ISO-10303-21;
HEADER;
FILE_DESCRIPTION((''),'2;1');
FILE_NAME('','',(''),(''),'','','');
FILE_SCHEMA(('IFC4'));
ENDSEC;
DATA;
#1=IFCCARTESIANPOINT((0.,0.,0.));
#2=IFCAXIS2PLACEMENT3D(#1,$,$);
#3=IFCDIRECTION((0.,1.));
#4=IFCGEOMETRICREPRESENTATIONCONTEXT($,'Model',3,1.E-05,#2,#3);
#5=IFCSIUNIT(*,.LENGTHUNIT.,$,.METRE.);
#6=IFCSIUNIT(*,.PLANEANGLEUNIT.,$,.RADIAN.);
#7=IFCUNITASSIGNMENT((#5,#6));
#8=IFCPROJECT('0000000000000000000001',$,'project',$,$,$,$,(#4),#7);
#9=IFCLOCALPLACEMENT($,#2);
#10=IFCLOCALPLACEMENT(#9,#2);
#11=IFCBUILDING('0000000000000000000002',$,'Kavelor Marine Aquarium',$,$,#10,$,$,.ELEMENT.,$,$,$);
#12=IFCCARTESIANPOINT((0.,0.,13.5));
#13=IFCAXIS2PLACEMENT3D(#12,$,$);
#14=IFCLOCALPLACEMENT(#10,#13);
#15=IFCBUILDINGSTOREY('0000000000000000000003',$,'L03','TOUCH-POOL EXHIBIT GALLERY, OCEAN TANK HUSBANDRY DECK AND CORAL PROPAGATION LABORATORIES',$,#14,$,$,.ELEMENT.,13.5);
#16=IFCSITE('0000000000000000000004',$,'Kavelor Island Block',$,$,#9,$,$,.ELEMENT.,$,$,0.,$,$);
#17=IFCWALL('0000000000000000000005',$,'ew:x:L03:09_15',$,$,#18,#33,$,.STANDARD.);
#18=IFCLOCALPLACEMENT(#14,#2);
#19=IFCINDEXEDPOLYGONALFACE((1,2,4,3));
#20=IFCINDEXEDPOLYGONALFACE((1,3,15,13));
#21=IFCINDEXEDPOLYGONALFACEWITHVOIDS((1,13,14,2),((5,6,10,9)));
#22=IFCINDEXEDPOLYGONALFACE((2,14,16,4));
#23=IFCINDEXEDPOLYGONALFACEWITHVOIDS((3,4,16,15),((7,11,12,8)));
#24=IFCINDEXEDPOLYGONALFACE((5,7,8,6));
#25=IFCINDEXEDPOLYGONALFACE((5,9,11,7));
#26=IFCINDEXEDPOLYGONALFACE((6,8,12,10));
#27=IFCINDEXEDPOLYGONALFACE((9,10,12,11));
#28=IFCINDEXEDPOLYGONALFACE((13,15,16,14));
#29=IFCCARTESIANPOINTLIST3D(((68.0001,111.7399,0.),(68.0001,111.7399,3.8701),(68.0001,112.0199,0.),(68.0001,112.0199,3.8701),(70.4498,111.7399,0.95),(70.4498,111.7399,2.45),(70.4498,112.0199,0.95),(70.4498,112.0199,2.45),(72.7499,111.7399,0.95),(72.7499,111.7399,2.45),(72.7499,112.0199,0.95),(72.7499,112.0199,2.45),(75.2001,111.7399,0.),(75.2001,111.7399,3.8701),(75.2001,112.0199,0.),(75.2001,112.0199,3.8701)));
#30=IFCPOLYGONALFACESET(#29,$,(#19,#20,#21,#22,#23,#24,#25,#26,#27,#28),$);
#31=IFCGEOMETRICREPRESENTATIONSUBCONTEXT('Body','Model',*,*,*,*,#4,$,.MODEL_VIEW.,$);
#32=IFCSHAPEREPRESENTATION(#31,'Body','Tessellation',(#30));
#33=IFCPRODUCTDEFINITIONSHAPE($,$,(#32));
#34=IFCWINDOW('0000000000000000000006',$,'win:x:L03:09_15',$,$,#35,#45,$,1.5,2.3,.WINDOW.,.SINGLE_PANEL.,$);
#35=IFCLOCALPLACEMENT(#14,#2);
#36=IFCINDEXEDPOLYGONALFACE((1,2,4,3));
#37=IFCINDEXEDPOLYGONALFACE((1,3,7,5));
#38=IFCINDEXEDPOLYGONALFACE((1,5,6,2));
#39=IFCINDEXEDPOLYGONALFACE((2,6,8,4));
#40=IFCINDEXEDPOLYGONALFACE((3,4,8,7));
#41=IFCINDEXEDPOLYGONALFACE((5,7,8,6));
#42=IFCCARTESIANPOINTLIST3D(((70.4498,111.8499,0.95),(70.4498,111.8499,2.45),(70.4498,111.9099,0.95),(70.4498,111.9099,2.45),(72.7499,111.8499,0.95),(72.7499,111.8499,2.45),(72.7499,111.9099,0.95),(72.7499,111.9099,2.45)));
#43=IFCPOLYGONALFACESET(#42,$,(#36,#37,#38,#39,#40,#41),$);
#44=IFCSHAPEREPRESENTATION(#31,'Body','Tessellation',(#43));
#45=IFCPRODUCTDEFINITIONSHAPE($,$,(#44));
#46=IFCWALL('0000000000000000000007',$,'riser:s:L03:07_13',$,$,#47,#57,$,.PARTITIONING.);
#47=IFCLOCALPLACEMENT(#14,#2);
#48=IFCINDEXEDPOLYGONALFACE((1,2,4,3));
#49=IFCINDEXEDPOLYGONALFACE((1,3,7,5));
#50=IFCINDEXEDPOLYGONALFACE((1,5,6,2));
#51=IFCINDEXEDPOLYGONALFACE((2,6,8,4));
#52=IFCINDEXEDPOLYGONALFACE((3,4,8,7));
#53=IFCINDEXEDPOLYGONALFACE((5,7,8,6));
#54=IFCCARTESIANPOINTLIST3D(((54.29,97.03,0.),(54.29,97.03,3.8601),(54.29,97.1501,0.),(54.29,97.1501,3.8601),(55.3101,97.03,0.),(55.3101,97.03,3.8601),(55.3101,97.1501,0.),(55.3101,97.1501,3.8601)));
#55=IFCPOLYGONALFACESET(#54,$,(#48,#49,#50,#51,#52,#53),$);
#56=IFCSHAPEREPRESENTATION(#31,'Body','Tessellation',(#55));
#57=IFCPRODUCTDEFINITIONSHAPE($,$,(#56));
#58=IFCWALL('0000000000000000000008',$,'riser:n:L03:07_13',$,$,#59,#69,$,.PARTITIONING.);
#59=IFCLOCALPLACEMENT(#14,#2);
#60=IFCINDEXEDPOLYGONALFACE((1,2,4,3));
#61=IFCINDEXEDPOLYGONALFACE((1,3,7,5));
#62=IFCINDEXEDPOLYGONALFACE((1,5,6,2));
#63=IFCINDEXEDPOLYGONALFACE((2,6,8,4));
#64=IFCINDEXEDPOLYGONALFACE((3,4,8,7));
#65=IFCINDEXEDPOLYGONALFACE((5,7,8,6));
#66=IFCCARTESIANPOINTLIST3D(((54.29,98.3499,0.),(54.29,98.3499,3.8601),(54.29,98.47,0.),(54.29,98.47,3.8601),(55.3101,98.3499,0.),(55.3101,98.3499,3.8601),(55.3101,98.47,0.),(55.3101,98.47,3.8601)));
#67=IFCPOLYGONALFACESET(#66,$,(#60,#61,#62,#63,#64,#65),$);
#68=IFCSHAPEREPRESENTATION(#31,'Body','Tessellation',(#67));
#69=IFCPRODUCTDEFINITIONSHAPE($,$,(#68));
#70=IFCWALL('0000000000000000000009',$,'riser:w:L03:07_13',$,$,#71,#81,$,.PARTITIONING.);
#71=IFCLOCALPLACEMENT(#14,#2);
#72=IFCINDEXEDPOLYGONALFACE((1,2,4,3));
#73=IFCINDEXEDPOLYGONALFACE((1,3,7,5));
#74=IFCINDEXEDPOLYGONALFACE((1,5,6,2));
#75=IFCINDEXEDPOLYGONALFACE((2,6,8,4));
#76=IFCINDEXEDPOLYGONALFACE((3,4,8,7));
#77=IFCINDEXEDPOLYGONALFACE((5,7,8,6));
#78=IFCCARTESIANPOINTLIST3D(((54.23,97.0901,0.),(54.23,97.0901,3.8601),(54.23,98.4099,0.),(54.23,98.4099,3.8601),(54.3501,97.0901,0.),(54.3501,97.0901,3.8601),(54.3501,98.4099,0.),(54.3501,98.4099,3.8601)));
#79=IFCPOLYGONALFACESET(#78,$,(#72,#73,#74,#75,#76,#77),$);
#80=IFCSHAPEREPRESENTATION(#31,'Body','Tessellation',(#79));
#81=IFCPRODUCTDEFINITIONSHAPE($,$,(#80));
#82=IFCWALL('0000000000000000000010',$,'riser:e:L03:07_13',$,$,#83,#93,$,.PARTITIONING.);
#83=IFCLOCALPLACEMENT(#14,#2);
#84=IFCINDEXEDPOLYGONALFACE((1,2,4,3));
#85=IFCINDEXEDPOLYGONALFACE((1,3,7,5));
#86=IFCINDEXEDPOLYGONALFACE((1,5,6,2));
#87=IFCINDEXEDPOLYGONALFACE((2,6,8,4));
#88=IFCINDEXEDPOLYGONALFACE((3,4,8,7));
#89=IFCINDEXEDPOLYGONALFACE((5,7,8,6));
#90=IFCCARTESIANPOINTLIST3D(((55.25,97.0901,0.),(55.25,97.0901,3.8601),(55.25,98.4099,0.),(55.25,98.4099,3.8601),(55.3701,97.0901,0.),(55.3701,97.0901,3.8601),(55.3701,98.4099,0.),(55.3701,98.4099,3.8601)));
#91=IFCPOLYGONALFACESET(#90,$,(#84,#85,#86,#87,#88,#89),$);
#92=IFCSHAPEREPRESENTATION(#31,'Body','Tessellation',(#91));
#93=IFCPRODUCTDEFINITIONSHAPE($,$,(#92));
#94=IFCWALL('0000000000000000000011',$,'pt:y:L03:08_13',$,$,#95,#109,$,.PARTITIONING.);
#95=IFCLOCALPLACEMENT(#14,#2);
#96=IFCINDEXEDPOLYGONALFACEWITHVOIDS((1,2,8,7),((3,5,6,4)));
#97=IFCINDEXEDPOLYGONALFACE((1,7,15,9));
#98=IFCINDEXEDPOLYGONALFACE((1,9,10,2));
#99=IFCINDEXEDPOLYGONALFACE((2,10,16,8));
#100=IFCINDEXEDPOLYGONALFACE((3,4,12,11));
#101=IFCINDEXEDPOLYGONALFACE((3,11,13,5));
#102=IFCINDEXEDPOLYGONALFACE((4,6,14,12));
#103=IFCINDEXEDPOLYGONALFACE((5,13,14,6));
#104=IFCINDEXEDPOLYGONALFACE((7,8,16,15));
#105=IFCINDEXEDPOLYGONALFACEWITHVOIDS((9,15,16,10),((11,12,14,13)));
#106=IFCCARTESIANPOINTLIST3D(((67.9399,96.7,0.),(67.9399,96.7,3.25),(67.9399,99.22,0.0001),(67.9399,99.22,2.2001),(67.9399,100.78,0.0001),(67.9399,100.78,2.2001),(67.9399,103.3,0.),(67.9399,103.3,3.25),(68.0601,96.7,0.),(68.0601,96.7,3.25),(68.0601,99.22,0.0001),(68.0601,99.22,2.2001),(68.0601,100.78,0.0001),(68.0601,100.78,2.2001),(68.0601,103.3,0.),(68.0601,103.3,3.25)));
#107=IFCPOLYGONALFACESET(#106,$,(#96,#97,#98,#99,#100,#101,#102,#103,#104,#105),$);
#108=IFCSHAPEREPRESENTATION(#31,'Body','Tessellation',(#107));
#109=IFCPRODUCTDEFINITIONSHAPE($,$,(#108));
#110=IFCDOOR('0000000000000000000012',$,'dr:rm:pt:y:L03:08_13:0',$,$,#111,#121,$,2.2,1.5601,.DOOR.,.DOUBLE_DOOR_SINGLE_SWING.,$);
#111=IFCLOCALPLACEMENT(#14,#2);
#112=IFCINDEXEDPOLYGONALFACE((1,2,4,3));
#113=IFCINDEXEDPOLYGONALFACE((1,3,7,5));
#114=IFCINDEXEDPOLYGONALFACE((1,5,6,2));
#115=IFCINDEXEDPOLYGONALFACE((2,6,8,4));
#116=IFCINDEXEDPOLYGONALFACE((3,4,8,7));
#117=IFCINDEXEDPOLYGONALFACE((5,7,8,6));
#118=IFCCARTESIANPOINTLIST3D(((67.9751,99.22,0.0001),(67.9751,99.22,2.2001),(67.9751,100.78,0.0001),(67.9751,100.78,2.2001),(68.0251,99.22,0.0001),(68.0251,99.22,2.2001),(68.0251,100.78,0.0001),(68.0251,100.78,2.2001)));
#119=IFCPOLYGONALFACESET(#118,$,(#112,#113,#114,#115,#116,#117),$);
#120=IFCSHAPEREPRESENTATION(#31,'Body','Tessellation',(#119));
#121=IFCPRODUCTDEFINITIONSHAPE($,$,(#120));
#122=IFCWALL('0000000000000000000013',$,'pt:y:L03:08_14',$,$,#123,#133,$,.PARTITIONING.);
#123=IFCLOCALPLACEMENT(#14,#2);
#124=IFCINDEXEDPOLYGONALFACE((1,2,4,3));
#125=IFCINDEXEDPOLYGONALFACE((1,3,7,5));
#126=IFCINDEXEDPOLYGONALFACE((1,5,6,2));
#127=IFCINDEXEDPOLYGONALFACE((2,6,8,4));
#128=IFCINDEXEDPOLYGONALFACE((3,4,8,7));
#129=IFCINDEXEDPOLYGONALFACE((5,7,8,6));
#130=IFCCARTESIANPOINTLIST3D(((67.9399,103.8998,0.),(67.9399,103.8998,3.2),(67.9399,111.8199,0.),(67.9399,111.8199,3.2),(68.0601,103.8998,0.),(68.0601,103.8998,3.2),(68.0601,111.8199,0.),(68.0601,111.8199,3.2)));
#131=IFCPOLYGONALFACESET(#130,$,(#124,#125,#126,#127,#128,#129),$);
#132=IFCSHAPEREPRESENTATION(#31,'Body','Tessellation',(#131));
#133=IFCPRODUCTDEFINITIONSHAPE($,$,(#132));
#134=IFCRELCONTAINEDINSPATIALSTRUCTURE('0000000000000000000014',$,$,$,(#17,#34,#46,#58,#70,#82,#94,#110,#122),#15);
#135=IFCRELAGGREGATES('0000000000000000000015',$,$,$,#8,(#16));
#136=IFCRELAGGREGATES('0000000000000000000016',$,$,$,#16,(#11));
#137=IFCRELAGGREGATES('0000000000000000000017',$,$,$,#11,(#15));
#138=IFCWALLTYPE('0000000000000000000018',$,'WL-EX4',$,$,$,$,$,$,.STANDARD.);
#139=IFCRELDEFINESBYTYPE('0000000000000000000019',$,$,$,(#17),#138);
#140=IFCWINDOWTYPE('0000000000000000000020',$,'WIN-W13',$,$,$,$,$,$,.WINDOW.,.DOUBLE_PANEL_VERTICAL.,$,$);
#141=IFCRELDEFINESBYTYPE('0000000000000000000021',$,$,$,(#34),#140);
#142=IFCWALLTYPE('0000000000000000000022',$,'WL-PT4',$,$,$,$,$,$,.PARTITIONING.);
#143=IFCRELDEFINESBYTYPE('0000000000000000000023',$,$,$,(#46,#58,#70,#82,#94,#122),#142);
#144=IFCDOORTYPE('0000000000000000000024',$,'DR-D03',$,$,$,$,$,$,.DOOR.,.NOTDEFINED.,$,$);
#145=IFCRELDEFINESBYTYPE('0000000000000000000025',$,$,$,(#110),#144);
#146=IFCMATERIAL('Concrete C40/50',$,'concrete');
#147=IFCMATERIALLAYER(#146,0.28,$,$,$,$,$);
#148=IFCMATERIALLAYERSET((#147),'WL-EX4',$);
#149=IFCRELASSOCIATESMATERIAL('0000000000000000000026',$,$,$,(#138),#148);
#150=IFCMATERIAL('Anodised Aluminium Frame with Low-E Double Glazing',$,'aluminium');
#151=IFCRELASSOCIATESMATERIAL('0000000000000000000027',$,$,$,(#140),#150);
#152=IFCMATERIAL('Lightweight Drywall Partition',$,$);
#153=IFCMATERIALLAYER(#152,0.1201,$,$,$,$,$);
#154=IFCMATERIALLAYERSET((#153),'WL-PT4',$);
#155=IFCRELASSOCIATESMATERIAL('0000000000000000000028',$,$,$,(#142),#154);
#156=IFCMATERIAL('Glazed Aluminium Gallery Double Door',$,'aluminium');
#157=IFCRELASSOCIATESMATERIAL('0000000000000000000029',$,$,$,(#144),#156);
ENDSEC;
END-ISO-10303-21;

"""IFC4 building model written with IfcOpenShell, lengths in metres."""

from ifc_helpers import new_model, si_unit, direction, frame, frame_2d, origin, place, context, subcontext, project, spatial, rectangle, extrude, material, layer, layer_set, type_object, element, fill, save


model = new_model("IFC4")

# Units and contexts
model_context = context("Model", 3, precision=1e-05, world=origin(), true_north=direction((0.0, 1.0)))
body_context = subcontext(model_context, "Body", "Model", "MODEL_VIEW")
ifc_project = project(units=[si_unit("LENGTHUNIT", "METRE"), si_unit("PLANEANGLEUNIT", "RADIAN")], contexts=[model_context])

# Site, building, storey
site_placement = place(None, origin())
site = spatial("IfcSite", under=ifc_project, at=site_placement, Name="Kavelor Island Block", CompositionType="ELEMENT", RefElevation=0.0)
building_placement = place(site_placement, origin())
building = spatial("IfcBuilding", under=site, at=building_placement, Name="Kavelor Marine Aquarium", CompositionType="ELEMENT")
storey_placement = place(building_placement, frame((0.0, 0.0, 13.5)))
storey = spatial("IfcBuildingStorey", under=building, at=storey_placement, Name="L03", Description="TOUCH-POOL EXHIBIT GALLERY, OCEAN TANK HUSBANDRY DECK AND CORAL PROPAGATION LABORATORIES", CompositionType="ELEMENT", Elevation=13.5)

# Wall, opening, window
ifc_material_1 = material(Name="Concrete C40/50", Category="concrete")
ifc_layer_1 = layer(ifc_material_1, 0.28)
ifc_layer_set_1 = layer_set([ifc_layer_1], Name="WL-EX4")
wall_type_1 = type_object("IfcWallType", Name="WL-EX4", PredefinedType="STANDARD", material=ifc_layer_set_1)
wall_1_placement = place(storey_placement, frame((68.0, 111.8799, 0.0), z_axis=(0.0, 0.0, 1.0), x_axis=(1.0, 0.0, 0.0)))
wall_1 = element("IfcWall", 1, at=wall_1_placement, inside=storey, type_object=wall_type_1, Name="ew:x:L03:09_15", PredefinedType="STANDARD", context=body_context, shape_type="SweptSolid", body=[
    extrude(rectangle(XDim=7.2, YDim=0.28, at=frame_2d((3.6001, 0.0))), origin(), (0.0, 0.0, 1.0), 3.8701),
])
opening_1_placement = place(wall_1_placement, frame((2.45, 0.0, 0.95)))
opening_1 = element("IfcOpeningElement", 2, at=opening_1_placement, cuts=wall_1, PredefinedType="OPENING", context=body_context, shape_type="SweptSolid", body=[
    extrude(rectangle(XDim=2.3, YDim=1.5, at=frame_2d((1.1499, 0.75))), frame((0.0, 0.1499, 0.0), z_axis=(0.0, -1.0, 0.0), x_axis=(1.0, 0.0, 0.0)), (0.0, 0.0, 1.0), 0.3),
])
ifc_material_2 = material(Name="Anodised Aluminium Frame with Low-E Double Glazing", Category="aluminium")
window_type = type_object("IfcWindowType", Name="WIN-W13", PartitioningType="DOUBLE_PANEL_VERTICAL", PredefinedType="WINDOW", material=ifc_material_2)
window_placement = place(opening_1_placement, origin())
window = element("IfcWindow", 3, at=window_placement, inside=storey, type_object=window_type, Name="win:x:L03:09_15", OverallHeight=1.5, OverallWidth=2.3, PartitioningType="SINGLE_PANEL", PredefinedType="WINDOW", context=body_context, shape_type="SweptSolid", body=[
    extrude(rectangle(XDim=2.3, YDim=1.5, at=frame_2d((1.1499, 0.75))), frame((0.0, 0.03, 0.0), z_axis=(0.0, -1.0, 0.0), x_axis=(1.0, 0.0, 0.0)), (0.0, 0.0, 1.0), 0.0601),
])
fill(opening_1, window)

# Walls
ifc_material_3 = material(Name="Lightweight Drywall Partition")
ifc_layer_2 = layer(ifc_material_3, 0.1201)
ifc_layer_set_2 = layer_set([ifc_layer_2], Name="WL-PT4")
wall_type_2 = type_object("IfcWallType", Name="WL-PT4", PredefinedType="PARTITIONING", material=ifc_layer_set_2)
for number, where, z_axis, x_axis, name in (
    (4, (54.29, 97.0901, 0.0), (0.0, 0.0, 1.0), (1.0, 0.0, 0.0), "riser:s:L03:07_13"),
    (5, (54.29, 98.4099, 0.0), (0.0, 0.0, 1.0), (1.0, 0.0, 0.0), "riser:n:L03:07_13"),
):
    element("IfcWall", number, at=place(storey_placement, frame(where, z_axis=z_axis, x_axis=x_axis)), inside=storey, type_object=wall_type_2, Name=name, PredefinedType="PARTITIONING", context=body_context, shape_type="SweptSolid", body=[
        extrude(rectangle(XDim=1.02, YDim=0.1201, at=frame_2d((0.51, 0.0))), origin(), (0.0, 0.0, 1.0), 3.8601),
    ])
for number, where, z_axis, x_axis, name in (
    (6, (54.29, 97.0901, 0.0), (0.0, 0.0, 1.0), (0.0, 1.0, 0.0), "riser:w:L03:07_13"),
    (7, (55.3101, 97.0901, 0.0), (0.0, 0.0, 1.0), (0.0, 1.0, 0.0), "riser:e:L03:07_13"),
):
    element("IfcWall", number, at=place(storey_placement, frame(where, z_axis=z_axis, x_axis=x_axis)), inside=storey, type_object=wall_type_2, Name=name, PredefinedType="PARTITIONING", context=body_context, shape_type="SweptSolid", body=[
        extrude(rectangle(XDim=1.3198, YDim=0.1201, at=frame_2d((0.6599, 0.0))), origin(), (0.0, 0.0, 1.0), 3.8601),
    ])

# Wall, opening, door
wall_2_placement = place(storey_placement, frame((68.0, 96.7, 0.0), z_axis=(0.0, 0.0, 1.0), x_axis=(0.0, 1.0, 0.0)))
wall_2 = element("IfcWall", 8, at=wall_2_placement, inside=storey, type_object=wall_type_2, Name="pt:y:L03:08_13", PredefinedType="PARTITIONING", context=body_context, shape_type="SweptSolid", body=[
    extrude(rectangle(XDim=6.6001, YDim=0.1201, at=frame_2d((3.3, 0.0))), origin(), (0.0, 0.0, 1.0), 3.25),
])
opening_2_placement = place(wall_2_placement, frame((2.52, 0.0, 0.0)))
opening_2 = element("IfcOpeningElement", 9, at=opening_2_placement, cuts=wall_2, PredefinedType="OPENING", context=body_context, shape_type="SweptSolid", body=[
    extrude(rectangle(XDim=1.5601, YDim=2.2, at=frame_2d((0.78, 1.1001))), frame((0.0, 0.0701, 0.0), z_axis=(0.0, -1.0, 0.0), x_axis=(1.0, 0.0, 0.0)), (0.0, 0.0, 1.0), 0.1401),
])
ifc_material_4 = material(Name="Glazed Aluminium Gallery Double Door", Category="aluminium")
door_type = type_object("IfcDoorType", Name="DR-D03", OperationType="NOTDEFINED", PredefinedType="DOOR", material=ifc_material_4)
door_placement = place(opening_2_placement, origin())
door = element("IfcDoor", 10, at=door_placement, inside=storey, type_object=door_type, Name="dr:rm:pt:y:L03:08_13:0", OperationType="DOUBLE_DOOR_SINGLE_SWING", OverallHeight=2.2, OverallWidth=1.5601, PredefinedType="DOOR", context=body_context, shape_type="SweptSolid", body=[
    extrude(rectangle(XDim=1.5601, YDim=2.2, at=frame_2d((0.78, 1.1001))), frame((0.0, 0.0249, 0.0), z_axis=(0.0, -1.0, 0.0), x_axis=(1.0, 0.0, 0.0)), (0.0, 0.0, 1.0), 0.05),
])
fill(opening_2, door)

# Wall
wall_3_placement = place(storey_placement, frame((68.0, 103.8999, 0.0), z_axis=(0.0, 0.0, 1.0), x_axis=(0.0, 1.0, 0.0)))
element("IfcWall", 11, at=wall_3_placement, inside=storey, type_object=wall_type_2, Name="pt:y:L03:08_14", PredefinedType="PARTITIONING", context=body_context, shape_type="SweptSolid", body=[
    extrude(rectangle(XDim=7.9202, YDim=0.1201, at=frame_2d((3.96, 0.0))), origin(), (0.0, 0.0, 1.0), 3.2),
])

save(model, "model.ifc")
